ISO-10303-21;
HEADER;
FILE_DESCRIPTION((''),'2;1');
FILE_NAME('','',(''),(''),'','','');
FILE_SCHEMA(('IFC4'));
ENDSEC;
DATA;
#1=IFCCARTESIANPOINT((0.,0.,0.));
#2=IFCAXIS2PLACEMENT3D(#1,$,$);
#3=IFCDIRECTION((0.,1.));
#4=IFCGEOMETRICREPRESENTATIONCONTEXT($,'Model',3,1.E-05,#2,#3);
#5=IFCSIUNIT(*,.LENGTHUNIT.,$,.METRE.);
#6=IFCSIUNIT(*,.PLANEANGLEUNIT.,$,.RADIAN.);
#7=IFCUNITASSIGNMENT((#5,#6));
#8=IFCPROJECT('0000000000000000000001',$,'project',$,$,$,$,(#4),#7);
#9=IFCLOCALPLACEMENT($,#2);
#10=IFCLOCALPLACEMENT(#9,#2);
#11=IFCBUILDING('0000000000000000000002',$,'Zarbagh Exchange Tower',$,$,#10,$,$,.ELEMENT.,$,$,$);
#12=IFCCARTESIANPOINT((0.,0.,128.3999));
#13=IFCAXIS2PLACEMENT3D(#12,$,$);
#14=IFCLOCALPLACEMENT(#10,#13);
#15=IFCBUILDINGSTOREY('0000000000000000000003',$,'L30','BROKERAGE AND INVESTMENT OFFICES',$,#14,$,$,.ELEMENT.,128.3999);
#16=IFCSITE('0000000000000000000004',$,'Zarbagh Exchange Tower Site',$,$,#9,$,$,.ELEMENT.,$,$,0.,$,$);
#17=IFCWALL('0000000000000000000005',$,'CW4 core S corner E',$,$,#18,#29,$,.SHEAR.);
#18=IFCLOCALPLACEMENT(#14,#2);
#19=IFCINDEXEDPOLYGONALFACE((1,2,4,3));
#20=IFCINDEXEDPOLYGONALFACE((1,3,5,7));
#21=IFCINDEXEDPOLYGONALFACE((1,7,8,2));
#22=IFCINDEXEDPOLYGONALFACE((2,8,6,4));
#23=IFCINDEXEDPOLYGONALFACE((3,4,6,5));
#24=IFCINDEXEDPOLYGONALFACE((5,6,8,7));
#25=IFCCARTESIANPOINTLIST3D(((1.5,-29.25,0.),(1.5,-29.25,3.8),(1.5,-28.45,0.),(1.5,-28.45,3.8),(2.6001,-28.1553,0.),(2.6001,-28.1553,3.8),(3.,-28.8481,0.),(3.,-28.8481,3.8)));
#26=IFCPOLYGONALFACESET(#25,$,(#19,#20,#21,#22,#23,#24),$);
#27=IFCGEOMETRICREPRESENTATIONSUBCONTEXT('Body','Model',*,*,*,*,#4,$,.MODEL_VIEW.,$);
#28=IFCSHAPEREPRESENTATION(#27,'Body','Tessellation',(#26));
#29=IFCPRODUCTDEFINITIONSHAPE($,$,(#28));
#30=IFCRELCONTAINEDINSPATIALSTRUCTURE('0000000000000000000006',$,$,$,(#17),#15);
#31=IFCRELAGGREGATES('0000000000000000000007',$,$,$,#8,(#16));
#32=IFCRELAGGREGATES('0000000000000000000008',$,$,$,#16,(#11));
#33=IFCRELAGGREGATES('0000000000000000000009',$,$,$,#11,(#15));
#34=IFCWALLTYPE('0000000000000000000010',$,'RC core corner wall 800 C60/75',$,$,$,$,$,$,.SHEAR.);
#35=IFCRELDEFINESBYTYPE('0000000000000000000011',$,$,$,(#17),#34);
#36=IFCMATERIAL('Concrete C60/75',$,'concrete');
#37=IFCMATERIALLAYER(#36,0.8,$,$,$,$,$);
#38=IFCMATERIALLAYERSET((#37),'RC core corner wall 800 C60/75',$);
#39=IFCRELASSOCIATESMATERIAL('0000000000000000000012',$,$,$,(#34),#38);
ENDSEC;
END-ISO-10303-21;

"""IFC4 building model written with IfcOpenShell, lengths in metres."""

from ifc_helpers import new_model, si_unit, direction, frame, origin, place, context, subcontext, project, spatial, polyline, outline, extrude, material, layer, layer_set, type_object, element, save


model = new_model("IFC4")

# Units and contexts
model_context = context("Model", 3, precision=1e-05, world=origin(), true_north=direction((0.0, 1.0)))
body_context = subcontext(model_context, "Body", "Model", "MODEL_VIEW")
ifc_project = project(units=[si_unit("LENGTHUNIT", "METRE"), si_unit("PLANEANGLEUNIT", "RADIAN")], contexts=[model_context])

# Site, building, storey
site_placement = place(None, origin())
site = spatial("IfcSite", under=ifc_project, at=site_placement, Name="Zarbagh Exchange Tower Site", CompositionType="ELEMENT", RefElevation=0.0)
building_placement = place(site_placement, origin())
building = spatial("IfcBuilding", under=site, at=building_placement, Name="Zarbagh Exchange Tower", CompositionType="ELEMENT")
storey_placement = place(building_placement, frame((0.0, 0.0, 128.3999)))
storey = spatial("IfcBuildingStorey", under=building, at=storey_placement, Name="L30", Description="BROKERAGE AND INVESTMENT OFFICES", CompositionType="ELEMENT", Elevation=128.3999)

# Wall
ifc_material_1 = material(Name="Concrete C60/75", Category="concrete")
ifc_layer_1 = layer(ifc_material_1, 0.8)
ifc_layer_set_1 = layer_set([ifc_layer_1], Name="RC core corner wall 800 C60/75")
wall_type = type_object("IfcWallType", Name="RC core corner wall 800 C60/75", PredefinedType="SHEAR", material=ifc_layer_set_1)
wall_placement = place(storey_placement, origin())
element("IfcWall", 1, at=wall_placement, inside=storey, type_object=wall_type, Name="CW4 core S corner E", PredefinedType="SHEAR", context=body_context, shape_type="SweptSolid", body=[
    extrude(outline(polyline([(3.0, -28.8481), (1.5, -29.25), (1.5, -28.45), (2.6001, -28.1553), (3.0, -28.8481)])), origin(), (0.0, 0.0, 1.0), 3.8),
])

save(model, "model.ifc")
